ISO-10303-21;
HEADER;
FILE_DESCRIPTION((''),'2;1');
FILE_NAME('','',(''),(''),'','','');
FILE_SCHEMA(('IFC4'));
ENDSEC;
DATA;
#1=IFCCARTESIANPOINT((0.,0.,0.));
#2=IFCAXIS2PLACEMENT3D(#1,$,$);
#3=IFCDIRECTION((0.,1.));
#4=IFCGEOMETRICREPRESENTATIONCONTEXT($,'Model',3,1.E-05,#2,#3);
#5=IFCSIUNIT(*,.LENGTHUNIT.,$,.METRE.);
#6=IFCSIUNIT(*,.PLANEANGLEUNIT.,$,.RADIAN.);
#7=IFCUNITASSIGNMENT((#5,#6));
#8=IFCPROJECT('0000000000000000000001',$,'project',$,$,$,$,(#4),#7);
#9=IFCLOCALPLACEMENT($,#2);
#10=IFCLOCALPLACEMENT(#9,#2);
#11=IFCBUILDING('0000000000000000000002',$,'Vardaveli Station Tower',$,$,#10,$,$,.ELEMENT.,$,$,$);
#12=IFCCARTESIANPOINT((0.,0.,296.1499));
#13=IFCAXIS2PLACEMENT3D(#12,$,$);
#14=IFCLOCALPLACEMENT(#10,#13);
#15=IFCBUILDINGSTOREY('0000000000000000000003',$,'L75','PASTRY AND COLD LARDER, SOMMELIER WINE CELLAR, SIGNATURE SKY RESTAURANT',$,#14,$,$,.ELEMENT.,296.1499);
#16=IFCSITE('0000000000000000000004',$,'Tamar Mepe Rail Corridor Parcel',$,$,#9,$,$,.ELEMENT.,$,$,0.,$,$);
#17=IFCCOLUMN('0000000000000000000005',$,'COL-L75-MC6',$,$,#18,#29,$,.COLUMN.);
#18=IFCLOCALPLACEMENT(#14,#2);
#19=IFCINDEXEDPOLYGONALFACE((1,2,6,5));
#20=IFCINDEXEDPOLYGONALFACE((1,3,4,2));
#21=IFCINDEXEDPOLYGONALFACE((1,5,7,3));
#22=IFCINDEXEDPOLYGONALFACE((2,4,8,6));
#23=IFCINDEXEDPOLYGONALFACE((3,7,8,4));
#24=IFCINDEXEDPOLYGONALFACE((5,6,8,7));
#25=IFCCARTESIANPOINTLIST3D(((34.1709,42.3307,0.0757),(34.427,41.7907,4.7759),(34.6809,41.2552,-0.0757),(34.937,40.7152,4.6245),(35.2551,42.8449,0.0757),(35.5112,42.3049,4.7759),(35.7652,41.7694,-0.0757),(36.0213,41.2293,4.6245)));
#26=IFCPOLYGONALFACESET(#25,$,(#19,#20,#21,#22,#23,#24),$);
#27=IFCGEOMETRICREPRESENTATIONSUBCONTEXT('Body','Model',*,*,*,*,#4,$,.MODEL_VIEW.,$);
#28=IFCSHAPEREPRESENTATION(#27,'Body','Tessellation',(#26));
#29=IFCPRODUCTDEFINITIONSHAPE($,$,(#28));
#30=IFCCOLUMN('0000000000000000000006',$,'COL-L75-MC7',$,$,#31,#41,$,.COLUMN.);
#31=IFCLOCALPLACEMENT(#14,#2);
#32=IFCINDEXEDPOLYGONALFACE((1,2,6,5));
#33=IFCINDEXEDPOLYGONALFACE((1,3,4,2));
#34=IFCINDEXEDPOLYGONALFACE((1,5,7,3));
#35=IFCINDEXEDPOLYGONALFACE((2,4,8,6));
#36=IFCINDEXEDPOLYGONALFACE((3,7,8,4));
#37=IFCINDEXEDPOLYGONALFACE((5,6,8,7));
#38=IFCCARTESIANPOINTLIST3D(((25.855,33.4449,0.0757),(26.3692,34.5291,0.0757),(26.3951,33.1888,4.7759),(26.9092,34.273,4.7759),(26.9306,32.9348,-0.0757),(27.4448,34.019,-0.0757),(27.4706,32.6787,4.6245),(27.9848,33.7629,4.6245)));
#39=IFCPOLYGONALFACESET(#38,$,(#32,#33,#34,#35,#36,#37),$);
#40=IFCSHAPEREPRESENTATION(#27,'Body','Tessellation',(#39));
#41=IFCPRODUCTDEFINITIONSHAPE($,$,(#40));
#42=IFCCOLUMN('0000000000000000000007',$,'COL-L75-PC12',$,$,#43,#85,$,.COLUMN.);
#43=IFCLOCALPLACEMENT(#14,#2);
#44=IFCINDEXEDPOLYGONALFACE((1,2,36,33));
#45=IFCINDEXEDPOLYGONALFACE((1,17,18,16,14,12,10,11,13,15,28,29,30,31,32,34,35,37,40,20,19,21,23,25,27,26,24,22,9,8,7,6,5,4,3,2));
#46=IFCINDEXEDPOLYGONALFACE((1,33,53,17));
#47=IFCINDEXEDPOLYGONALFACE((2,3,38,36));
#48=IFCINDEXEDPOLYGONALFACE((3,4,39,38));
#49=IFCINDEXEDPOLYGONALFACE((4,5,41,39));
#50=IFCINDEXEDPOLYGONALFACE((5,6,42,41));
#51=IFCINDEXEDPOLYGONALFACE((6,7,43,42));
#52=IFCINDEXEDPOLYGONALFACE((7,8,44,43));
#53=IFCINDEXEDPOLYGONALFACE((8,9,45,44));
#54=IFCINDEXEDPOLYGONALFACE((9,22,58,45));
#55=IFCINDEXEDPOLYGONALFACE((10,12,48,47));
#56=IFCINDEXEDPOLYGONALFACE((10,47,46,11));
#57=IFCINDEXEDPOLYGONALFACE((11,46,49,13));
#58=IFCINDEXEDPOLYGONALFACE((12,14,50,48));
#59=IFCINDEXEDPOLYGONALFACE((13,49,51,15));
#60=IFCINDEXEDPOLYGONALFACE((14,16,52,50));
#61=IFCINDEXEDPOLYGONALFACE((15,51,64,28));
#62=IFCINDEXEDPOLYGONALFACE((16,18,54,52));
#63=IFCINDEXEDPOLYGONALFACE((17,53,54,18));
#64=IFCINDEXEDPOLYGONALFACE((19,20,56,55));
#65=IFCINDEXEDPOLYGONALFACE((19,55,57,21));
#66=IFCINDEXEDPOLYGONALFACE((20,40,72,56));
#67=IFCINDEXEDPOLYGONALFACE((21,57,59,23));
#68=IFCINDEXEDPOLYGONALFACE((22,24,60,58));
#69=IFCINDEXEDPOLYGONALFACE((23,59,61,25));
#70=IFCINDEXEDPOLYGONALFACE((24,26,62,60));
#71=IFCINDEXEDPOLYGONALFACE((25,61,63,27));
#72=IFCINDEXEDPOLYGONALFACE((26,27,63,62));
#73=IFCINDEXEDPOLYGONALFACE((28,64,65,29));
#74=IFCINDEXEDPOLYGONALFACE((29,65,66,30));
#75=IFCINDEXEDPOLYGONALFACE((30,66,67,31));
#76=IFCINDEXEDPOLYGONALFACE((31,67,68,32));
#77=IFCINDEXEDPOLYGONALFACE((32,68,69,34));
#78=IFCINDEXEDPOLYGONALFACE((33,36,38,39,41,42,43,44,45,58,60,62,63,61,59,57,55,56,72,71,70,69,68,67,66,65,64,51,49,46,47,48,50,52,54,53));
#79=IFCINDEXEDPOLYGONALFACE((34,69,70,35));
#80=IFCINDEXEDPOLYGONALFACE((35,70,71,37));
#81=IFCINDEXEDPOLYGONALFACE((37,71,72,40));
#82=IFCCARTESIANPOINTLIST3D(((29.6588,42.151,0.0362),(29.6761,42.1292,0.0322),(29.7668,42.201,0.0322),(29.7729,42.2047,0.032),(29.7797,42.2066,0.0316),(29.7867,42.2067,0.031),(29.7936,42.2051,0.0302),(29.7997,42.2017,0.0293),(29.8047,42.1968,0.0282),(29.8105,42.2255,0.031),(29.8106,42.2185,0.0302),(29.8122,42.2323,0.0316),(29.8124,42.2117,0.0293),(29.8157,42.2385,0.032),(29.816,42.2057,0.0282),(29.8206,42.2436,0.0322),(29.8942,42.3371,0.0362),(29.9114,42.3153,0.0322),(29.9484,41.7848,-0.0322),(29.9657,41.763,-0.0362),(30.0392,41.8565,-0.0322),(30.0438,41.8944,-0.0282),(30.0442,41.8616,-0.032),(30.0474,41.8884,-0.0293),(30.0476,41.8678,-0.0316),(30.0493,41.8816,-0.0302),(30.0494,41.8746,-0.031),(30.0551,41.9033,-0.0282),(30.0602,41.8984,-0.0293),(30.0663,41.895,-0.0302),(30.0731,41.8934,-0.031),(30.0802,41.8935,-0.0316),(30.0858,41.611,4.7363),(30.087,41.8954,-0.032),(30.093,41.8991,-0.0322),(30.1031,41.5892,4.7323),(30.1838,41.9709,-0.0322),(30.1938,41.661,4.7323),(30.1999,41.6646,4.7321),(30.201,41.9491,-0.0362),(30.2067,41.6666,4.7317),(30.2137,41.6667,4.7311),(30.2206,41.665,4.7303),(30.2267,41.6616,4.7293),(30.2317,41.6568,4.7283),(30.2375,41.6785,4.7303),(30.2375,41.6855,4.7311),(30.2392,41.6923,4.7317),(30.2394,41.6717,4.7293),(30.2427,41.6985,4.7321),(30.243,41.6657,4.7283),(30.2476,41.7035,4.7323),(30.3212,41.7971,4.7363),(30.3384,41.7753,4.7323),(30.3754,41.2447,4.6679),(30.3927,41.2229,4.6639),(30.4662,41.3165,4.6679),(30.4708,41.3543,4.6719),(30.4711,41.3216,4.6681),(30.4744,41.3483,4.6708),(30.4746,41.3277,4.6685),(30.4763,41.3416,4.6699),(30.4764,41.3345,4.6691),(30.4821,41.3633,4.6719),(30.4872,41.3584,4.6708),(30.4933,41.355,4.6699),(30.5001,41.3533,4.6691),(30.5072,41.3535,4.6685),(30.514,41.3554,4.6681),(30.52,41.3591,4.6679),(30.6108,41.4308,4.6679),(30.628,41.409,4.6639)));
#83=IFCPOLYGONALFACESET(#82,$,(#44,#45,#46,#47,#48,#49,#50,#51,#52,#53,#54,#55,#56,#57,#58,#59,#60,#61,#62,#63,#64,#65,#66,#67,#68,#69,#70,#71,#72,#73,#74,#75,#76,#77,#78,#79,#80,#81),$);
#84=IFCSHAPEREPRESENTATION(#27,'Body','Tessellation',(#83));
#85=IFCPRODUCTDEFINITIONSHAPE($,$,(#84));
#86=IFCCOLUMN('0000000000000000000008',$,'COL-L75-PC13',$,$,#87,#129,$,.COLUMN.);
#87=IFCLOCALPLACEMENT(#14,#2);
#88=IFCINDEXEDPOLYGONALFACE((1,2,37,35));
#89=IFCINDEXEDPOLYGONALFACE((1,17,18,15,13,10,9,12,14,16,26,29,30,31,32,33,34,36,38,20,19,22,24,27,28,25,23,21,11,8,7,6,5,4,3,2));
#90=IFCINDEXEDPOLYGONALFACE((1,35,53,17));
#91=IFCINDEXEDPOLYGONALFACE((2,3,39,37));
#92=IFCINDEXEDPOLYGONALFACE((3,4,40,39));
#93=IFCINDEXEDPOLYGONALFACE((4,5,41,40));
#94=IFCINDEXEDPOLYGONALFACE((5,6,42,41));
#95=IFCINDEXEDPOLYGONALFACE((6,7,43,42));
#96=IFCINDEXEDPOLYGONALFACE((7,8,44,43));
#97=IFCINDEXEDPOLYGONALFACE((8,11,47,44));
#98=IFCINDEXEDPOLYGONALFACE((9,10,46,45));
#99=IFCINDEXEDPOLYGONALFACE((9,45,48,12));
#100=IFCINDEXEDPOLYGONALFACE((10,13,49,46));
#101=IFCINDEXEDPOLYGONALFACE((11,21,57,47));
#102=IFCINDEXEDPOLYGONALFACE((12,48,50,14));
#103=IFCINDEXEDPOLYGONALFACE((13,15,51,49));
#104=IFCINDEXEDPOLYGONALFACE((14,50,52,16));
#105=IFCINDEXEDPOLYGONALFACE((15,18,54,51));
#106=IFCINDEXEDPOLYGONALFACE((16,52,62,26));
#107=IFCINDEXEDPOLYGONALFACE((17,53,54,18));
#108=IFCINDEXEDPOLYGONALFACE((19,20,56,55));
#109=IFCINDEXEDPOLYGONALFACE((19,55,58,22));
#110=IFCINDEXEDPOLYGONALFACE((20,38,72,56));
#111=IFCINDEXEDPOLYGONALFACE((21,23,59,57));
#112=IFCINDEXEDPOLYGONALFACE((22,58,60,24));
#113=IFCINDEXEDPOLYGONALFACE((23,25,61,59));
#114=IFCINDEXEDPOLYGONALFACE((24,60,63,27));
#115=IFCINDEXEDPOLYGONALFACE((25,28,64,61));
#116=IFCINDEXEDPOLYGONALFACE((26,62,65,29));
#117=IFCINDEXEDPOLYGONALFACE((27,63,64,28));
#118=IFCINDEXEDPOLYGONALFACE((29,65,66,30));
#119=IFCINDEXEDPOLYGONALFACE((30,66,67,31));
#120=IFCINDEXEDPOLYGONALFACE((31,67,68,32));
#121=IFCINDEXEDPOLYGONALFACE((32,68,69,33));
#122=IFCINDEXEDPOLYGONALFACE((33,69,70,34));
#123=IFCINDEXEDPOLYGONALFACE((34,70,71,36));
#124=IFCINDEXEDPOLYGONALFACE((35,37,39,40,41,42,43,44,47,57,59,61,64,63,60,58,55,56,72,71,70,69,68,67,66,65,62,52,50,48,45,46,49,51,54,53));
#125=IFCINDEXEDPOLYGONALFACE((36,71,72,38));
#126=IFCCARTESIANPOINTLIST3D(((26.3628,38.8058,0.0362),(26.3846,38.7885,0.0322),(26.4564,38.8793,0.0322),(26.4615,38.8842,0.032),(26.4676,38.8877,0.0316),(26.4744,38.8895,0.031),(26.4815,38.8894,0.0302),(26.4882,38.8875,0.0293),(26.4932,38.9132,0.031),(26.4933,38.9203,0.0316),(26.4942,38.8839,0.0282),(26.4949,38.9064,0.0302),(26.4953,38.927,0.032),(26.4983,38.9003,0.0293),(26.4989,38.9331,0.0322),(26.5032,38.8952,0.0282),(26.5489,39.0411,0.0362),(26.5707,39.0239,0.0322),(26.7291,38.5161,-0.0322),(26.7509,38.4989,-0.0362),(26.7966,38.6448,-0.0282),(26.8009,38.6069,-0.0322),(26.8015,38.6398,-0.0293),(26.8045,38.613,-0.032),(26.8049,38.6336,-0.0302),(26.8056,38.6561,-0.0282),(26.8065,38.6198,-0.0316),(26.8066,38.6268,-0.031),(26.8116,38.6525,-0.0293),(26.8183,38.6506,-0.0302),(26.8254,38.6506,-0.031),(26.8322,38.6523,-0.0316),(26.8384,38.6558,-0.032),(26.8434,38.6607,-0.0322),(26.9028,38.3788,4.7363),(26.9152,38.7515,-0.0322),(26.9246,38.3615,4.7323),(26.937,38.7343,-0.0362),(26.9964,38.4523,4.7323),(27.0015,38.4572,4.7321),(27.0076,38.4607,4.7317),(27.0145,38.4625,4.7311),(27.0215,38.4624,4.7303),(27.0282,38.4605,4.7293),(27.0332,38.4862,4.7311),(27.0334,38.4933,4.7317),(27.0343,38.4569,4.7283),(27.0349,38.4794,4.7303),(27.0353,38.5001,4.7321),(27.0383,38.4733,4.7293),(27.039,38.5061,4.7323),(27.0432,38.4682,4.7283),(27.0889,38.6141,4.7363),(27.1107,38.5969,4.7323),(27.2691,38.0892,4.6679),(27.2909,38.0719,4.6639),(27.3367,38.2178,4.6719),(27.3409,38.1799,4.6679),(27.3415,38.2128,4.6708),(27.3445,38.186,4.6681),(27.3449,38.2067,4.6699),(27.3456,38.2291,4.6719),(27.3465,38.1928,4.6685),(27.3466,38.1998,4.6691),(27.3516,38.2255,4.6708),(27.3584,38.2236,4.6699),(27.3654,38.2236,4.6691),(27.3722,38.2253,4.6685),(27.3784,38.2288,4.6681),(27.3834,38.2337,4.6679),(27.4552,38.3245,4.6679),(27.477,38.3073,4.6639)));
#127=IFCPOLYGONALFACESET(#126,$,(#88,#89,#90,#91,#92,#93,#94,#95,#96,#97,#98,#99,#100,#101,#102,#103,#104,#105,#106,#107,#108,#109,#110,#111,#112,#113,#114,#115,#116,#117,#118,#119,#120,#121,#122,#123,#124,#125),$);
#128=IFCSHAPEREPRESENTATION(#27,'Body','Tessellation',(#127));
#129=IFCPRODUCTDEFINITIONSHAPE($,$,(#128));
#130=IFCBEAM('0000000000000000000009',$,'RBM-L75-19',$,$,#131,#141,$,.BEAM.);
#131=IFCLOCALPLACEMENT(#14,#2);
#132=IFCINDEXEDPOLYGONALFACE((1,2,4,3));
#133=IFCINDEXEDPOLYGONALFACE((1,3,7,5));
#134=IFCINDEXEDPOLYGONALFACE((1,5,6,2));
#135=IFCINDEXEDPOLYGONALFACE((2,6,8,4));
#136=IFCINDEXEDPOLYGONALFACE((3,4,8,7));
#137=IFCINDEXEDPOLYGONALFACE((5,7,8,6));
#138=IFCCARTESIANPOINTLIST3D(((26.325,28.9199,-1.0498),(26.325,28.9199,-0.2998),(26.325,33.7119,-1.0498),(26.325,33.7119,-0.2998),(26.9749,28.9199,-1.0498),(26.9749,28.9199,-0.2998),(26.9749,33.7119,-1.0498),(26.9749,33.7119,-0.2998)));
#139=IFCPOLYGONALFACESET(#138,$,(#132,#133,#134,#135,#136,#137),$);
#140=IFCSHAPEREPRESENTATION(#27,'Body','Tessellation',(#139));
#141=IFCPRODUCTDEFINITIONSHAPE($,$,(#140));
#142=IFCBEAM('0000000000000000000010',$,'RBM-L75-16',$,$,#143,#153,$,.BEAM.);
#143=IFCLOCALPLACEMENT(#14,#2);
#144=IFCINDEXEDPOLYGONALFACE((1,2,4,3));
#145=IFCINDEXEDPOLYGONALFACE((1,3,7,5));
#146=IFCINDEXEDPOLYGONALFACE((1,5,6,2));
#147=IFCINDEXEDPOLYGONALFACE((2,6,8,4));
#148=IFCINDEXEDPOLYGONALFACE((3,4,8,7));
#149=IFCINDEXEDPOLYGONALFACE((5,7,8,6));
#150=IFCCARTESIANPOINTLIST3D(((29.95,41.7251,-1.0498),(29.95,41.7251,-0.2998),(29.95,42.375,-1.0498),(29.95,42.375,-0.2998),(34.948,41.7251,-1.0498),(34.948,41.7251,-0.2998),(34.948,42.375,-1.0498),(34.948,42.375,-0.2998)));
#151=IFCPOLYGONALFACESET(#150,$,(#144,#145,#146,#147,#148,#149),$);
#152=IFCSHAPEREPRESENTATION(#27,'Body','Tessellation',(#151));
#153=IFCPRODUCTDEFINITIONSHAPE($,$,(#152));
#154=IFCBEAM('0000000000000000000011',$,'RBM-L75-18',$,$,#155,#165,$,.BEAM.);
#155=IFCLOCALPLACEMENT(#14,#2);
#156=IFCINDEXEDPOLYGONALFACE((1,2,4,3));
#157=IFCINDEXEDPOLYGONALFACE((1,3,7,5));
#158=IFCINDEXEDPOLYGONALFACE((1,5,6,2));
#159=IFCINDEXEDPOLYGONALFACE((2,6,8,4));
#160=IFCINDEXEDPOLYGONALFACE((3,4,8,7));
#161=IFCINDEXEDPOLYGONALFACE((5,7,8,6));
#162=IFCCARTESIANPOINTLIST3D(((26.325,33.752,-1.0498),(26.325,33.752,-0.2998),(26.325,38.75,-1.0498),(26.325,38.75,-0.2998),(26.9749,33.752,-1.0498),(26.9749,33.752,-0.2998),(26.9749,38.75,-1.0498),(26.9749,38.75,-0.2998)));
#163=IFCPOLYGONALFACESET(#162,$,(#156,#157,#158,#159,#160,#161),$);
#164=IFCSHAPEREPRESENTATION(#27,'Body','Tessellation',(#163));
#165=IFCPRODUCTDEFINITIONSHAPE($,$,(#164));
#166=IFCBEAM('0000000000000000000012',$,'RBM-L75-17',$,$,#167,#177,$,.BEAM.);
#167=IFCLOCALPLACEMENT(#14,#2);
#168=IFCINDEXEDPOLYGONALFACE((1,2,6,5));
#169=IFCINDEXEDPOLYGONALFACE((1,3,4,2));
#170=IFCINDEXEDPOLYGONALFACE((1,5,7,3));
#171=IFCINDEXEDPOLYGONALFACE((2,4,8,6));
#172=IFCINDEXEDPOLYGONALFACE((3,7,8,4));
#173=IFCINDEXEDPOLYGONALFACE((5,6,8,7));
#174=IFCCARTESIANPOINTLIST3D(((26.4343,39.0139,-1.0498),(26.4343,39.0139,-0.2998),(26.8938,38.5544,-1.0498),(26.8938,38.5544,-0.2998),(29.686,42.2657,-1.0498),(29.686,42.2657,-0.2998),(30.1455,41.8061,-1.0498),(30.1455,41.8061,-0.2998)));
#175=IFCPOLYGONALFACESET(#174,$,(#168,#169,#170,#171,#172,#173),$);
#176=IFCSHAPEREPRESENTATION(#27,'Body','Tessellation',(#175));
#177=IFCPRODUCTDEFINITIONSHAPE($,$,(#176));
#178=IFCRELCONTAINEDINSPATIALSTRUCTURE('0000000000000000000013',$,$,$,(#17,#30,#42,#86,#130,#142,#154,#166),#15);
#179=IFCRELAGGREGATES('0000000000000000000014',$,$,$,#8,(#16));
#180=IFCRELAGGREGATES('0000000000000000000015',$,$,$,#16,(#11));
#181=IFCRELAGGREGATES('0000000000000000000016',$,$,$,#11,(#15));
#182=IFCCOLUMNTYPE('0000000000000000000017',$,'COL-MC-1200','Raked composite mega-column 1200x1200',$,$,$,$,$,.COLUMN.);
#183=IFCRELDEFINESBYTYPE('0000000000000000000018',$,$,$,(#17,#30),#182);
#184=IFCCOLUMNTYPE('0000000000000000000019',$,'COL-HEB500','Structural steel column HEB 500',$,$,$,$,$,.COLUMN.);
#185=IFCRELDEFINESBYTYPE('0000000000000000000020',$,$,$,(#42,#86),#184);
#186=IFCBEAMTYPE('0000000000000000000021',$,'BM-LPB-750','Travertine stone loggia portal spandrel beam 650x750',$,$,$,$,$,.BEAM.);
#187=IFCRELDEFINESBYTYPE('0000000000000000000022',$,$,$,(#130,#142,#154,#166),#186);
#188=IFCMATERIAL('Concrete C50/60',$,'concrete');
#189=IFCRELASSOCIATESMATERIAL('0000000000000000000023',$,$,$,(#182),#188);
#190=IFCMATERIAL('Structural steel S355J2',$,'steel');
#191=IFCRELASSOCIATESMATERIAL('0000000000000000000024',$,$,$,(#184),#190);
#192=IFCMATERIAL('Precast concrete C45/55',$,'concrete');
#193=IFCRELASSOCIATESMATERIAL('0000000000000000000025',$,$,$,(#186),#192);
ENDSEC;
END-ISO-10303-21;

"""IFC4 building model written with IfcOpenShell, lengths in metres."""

from ifc_helpers import new_model, si_unit, direction, frame, origin, origin_2d, place, context, subcontext, project, spatial, rectangle, i_section, extrude, source, transform, mapped, material, material_profile, profile_set, type_object, element, save


model = new_model("IFC4")

# Units and contexts
model_context = context("Model", 3, precision=1e-05, world=origin(), true_north=direction((0.0, 1.0)))
body_context = subcontext(model_context, "Body", "Model", "MODEL_VIEW")
ifc_project = project(units=[si_unit("LENGTHUNIT", "METRE"), si_unit("PLANEANGLEUNIT", "RADIAN")], contexts=[model_context])

# Site, building, storey
site_placement = place(None, origin())
site = spatial("IfcSite", under=ifc_project, at=site_placement, Name="Tamar Mepe Rail Corridor Parcel", CompositionType="ELEMENT", RefElevation=0.0)
building_placement = place(site_placement, origin())
building = spatial("IfcBuilding", under=site, at=building_placement, Name="Vardaveli Station Tower", CompositionType="ELEMENT")
storey_placement = place(building_placement, frame((0.0, 0.0, 296.1499)))
storey = spatial("IfcBuildingStorey", under=building, at=storey_placement, Name="L75", Description="PASTRY AND COLD LARDER, SOMMELIER WINE CELLAR, SIGNATURE SKY RESTAURANT", CompositionType="ELEMENT", Elevation=296.1499)

# Columns
ifc_material_1 = material(Name="Concrete C50/60", Category="concrete")
ifc_material_profile_1 = material_profile(ifc_material_1, rectangle(XDim=1.2, YDim=1.2, at=origin_2d()), Name="MC 1200x1200")
ifc_profile_set_1 = profile_set([ifc_material_profile_1], Name="Concrete C50/60")
column_type_1 = type_object("IfcColumnType", Name="COL-MC-1200", Description="Raked composite mega-column 1200x1200", PredefinedType="COLUMN", material=ifc_profile_set_1)
shared_shape_1 = source(origin(), body_context, "Body", "SweptSolid", [
    extrude(rectangle(XDim=1.2, YDim=1.2, at=origin_2d()), origin(), (0.0, 0.0, 1.0), 4.738),
])
for number, where, z_axis, x_axis, name in (
    (1, (34.968, 42.05, 0.0), (0.054053, -0.113979, 0.992012), (0.903546, 0.42849, 0.0), "COL-L75-MC6"),
    (2, (26.6499, 33.7319, 0.0), (0.113979, -0.054053, 0.992012), (0.42849, 0.903546, 0.0), "COL-L75-MC7"),
):
    element("IfcColumn", number, at=place(storey_placement, frame(where, z_axis=z_axis, x_axis=x_axis)), inside=storey, type_object=column_type_1, Name=name, PredefinedType="COLUMN", context=body_context, shape_type="MappedRepresentation", body=[
        mapped(shared_shape_1, transform((0.0, 0.0, 0.0), scale=1.0)),
    ])
ifc_material_2 = material(Name="Structural steel S355J2", Category="steel")
ifc_material_profile_2 = material_profile(ifc_material_2, i_section(OverallWidth=0.3, OverallDepth=0.5, WebThickness=0.0144, FlangeThickness=0.0281, FilletRadius=0.0271, at=origin_2d()), Name="HEB 500")
ifc_profile_set_2 = profile_set([ifc_material_profile_2], Name="Structural steel S355J2")
column_type_2 = type_object("IfcColumnType", Name="COL-HEB500", Description="Structural steel column HEB 500", PredefinedType="COLUMN", material=ifc_profile_set_2)
shared_shape_2 = source(origin(), body_context, "Body", "SweptSolid", [
    extrude(i_section(OverallWidth=0.3, OverallDepth=0.5, WebThickness=0.0144, FlangeThickness=0.0281, FilletRadius=0.0271, at=origin_2d()), origin(), (0.0, 0.0, 1.0), 4.7502),
])
for number, where, z_axis, x_axis, name in (
    (3, (29.9299, 42.05, 0.0), (0.089889, -0.113684, 0.989442), (0.78442, 0.620231, 0.0), "COL-L75-PC12"),
    (4, (26.6499, 38.77, 0.0), (0.113684, -0.089889, 0.989442), (0.620231, 0.78442, 0.0), "COL-L75-PC13"),
):
    element("IfcColumn", number, at=place(storey_placement, frame(where, z_axis=z_axis, x_axis=x_axis)), inside=storey, type_object=column_type_2, Name=name, PredefinedType="COLUMN", context=body_context, shape_type="MappedRepresentation", body=[
        mapped(shared_shape_2, transform((0.0, 0.0, 0.0), scale=1.0)),
    ])

# Beams
ifc_material_3 = material(Name="Precast concrete C45/55", Category="concrete")
ifc_material_profile_3 = material_profile(ifc_material_3, rectangle(XDim=0.6499, YDim=0.75, at=origin_2d()), Name="LPB 650x750")
ifc_profile_set_3 = profile_set([ifc_material_profile_3], Name="Precast concrete C45/55")
beam_type_1 = type_object("IfcBeamType", Name="BM-LPB-750", Description="Travertine stone loggia portal spandrel beam 650x750", PredefinedType="BEAM", material=ifc_profile_set_3)
shared_shape_3 = source(origin(), body_context, "Body", "SweptSolid", [
    extrude(rectangle(XDim=0.6499, YDim=0.75, at=origin_2d()), origin(), (0.0, 0.0, 1.0), 4.792),
])
beam_1_placement = place(storey_placement, frame((26.6499, 33.7119, -0.6748), z_axis=(0.0, -1.0, 0.0), x_axis=(1.0, 0.0, 0.0)))
element("IfcBeam", 5, at=beam_1_placement, inside=storey, type_object=beam_type_1, Name="RBM-L75-19", PredefinedType="BEAM", context=body_context, shape_type="MappedRepresentation", body=[
    mapped(shared_shape_3, transform((0.0, 0.0, 0.0), scale=1.0)),
])
shared_shape_4 = source(origin(), body_context, "Body", "SweptSolid", [
    extrude(rectangle(XDim=0.6499, YDim=0.75, at=origin_2d()), origin(), (0.0, 0.0, 1.0), 4.998),
])
for number, where, z_axis, x_axis, name in (
    (6, (34.948, 42.05, -0.6748), (-1.0, 0.0, 0.0), (0.0, -1.0, 0.0), "RBM-L75-16"),
    (7, (26.6499, 38.75, -0.6748), (0.0, -1.0, 0.0), (1.0, 0.0, 0.0), "RBM-L75-18"),
):
    element("IfcBeam", number, at=place(storey_placement, frame(where, z_axis=z_axis, x_axis=x_axis)), inside=storey, type_object=beam_type_1, Name=name, PredefinedType="BEAM", context=body_context, shape_type="MappedRepresentation", body=[
        mapped(shared_shape_4, transform((0.0, 0.0, 0.0), scale=1.0)),
    ])
shared_shape_5 = source(origin(), body_context, "Body", "SweptSolid", [
    extrude(rectangle(XDim=0.6499, YDim=0.75, at=origin_2d()), origin(), (0.0, 0.0, 1.0), 4.5986),
])
beam_2_placement = place(storey_placement, frame((29.9158, 42.0359, -0.6748), z_axis=(-0.707107, -0.707107, 0.0), x_axis=(0.707107, -0.707107, 0.0)))
element("IfcBeam", 8, at=beam_2_placement, inside=storey, type_object=beam_type_1, Name="RBM-L75-17", PredefinedType="BEAM", context=body_context, shape_type="MappedRepresentation", body=[
    mapped(shared_shape_5, transform((0.0, 0.0, 0.0), scale=1.0)),
])

save(model, "model.ifc")
